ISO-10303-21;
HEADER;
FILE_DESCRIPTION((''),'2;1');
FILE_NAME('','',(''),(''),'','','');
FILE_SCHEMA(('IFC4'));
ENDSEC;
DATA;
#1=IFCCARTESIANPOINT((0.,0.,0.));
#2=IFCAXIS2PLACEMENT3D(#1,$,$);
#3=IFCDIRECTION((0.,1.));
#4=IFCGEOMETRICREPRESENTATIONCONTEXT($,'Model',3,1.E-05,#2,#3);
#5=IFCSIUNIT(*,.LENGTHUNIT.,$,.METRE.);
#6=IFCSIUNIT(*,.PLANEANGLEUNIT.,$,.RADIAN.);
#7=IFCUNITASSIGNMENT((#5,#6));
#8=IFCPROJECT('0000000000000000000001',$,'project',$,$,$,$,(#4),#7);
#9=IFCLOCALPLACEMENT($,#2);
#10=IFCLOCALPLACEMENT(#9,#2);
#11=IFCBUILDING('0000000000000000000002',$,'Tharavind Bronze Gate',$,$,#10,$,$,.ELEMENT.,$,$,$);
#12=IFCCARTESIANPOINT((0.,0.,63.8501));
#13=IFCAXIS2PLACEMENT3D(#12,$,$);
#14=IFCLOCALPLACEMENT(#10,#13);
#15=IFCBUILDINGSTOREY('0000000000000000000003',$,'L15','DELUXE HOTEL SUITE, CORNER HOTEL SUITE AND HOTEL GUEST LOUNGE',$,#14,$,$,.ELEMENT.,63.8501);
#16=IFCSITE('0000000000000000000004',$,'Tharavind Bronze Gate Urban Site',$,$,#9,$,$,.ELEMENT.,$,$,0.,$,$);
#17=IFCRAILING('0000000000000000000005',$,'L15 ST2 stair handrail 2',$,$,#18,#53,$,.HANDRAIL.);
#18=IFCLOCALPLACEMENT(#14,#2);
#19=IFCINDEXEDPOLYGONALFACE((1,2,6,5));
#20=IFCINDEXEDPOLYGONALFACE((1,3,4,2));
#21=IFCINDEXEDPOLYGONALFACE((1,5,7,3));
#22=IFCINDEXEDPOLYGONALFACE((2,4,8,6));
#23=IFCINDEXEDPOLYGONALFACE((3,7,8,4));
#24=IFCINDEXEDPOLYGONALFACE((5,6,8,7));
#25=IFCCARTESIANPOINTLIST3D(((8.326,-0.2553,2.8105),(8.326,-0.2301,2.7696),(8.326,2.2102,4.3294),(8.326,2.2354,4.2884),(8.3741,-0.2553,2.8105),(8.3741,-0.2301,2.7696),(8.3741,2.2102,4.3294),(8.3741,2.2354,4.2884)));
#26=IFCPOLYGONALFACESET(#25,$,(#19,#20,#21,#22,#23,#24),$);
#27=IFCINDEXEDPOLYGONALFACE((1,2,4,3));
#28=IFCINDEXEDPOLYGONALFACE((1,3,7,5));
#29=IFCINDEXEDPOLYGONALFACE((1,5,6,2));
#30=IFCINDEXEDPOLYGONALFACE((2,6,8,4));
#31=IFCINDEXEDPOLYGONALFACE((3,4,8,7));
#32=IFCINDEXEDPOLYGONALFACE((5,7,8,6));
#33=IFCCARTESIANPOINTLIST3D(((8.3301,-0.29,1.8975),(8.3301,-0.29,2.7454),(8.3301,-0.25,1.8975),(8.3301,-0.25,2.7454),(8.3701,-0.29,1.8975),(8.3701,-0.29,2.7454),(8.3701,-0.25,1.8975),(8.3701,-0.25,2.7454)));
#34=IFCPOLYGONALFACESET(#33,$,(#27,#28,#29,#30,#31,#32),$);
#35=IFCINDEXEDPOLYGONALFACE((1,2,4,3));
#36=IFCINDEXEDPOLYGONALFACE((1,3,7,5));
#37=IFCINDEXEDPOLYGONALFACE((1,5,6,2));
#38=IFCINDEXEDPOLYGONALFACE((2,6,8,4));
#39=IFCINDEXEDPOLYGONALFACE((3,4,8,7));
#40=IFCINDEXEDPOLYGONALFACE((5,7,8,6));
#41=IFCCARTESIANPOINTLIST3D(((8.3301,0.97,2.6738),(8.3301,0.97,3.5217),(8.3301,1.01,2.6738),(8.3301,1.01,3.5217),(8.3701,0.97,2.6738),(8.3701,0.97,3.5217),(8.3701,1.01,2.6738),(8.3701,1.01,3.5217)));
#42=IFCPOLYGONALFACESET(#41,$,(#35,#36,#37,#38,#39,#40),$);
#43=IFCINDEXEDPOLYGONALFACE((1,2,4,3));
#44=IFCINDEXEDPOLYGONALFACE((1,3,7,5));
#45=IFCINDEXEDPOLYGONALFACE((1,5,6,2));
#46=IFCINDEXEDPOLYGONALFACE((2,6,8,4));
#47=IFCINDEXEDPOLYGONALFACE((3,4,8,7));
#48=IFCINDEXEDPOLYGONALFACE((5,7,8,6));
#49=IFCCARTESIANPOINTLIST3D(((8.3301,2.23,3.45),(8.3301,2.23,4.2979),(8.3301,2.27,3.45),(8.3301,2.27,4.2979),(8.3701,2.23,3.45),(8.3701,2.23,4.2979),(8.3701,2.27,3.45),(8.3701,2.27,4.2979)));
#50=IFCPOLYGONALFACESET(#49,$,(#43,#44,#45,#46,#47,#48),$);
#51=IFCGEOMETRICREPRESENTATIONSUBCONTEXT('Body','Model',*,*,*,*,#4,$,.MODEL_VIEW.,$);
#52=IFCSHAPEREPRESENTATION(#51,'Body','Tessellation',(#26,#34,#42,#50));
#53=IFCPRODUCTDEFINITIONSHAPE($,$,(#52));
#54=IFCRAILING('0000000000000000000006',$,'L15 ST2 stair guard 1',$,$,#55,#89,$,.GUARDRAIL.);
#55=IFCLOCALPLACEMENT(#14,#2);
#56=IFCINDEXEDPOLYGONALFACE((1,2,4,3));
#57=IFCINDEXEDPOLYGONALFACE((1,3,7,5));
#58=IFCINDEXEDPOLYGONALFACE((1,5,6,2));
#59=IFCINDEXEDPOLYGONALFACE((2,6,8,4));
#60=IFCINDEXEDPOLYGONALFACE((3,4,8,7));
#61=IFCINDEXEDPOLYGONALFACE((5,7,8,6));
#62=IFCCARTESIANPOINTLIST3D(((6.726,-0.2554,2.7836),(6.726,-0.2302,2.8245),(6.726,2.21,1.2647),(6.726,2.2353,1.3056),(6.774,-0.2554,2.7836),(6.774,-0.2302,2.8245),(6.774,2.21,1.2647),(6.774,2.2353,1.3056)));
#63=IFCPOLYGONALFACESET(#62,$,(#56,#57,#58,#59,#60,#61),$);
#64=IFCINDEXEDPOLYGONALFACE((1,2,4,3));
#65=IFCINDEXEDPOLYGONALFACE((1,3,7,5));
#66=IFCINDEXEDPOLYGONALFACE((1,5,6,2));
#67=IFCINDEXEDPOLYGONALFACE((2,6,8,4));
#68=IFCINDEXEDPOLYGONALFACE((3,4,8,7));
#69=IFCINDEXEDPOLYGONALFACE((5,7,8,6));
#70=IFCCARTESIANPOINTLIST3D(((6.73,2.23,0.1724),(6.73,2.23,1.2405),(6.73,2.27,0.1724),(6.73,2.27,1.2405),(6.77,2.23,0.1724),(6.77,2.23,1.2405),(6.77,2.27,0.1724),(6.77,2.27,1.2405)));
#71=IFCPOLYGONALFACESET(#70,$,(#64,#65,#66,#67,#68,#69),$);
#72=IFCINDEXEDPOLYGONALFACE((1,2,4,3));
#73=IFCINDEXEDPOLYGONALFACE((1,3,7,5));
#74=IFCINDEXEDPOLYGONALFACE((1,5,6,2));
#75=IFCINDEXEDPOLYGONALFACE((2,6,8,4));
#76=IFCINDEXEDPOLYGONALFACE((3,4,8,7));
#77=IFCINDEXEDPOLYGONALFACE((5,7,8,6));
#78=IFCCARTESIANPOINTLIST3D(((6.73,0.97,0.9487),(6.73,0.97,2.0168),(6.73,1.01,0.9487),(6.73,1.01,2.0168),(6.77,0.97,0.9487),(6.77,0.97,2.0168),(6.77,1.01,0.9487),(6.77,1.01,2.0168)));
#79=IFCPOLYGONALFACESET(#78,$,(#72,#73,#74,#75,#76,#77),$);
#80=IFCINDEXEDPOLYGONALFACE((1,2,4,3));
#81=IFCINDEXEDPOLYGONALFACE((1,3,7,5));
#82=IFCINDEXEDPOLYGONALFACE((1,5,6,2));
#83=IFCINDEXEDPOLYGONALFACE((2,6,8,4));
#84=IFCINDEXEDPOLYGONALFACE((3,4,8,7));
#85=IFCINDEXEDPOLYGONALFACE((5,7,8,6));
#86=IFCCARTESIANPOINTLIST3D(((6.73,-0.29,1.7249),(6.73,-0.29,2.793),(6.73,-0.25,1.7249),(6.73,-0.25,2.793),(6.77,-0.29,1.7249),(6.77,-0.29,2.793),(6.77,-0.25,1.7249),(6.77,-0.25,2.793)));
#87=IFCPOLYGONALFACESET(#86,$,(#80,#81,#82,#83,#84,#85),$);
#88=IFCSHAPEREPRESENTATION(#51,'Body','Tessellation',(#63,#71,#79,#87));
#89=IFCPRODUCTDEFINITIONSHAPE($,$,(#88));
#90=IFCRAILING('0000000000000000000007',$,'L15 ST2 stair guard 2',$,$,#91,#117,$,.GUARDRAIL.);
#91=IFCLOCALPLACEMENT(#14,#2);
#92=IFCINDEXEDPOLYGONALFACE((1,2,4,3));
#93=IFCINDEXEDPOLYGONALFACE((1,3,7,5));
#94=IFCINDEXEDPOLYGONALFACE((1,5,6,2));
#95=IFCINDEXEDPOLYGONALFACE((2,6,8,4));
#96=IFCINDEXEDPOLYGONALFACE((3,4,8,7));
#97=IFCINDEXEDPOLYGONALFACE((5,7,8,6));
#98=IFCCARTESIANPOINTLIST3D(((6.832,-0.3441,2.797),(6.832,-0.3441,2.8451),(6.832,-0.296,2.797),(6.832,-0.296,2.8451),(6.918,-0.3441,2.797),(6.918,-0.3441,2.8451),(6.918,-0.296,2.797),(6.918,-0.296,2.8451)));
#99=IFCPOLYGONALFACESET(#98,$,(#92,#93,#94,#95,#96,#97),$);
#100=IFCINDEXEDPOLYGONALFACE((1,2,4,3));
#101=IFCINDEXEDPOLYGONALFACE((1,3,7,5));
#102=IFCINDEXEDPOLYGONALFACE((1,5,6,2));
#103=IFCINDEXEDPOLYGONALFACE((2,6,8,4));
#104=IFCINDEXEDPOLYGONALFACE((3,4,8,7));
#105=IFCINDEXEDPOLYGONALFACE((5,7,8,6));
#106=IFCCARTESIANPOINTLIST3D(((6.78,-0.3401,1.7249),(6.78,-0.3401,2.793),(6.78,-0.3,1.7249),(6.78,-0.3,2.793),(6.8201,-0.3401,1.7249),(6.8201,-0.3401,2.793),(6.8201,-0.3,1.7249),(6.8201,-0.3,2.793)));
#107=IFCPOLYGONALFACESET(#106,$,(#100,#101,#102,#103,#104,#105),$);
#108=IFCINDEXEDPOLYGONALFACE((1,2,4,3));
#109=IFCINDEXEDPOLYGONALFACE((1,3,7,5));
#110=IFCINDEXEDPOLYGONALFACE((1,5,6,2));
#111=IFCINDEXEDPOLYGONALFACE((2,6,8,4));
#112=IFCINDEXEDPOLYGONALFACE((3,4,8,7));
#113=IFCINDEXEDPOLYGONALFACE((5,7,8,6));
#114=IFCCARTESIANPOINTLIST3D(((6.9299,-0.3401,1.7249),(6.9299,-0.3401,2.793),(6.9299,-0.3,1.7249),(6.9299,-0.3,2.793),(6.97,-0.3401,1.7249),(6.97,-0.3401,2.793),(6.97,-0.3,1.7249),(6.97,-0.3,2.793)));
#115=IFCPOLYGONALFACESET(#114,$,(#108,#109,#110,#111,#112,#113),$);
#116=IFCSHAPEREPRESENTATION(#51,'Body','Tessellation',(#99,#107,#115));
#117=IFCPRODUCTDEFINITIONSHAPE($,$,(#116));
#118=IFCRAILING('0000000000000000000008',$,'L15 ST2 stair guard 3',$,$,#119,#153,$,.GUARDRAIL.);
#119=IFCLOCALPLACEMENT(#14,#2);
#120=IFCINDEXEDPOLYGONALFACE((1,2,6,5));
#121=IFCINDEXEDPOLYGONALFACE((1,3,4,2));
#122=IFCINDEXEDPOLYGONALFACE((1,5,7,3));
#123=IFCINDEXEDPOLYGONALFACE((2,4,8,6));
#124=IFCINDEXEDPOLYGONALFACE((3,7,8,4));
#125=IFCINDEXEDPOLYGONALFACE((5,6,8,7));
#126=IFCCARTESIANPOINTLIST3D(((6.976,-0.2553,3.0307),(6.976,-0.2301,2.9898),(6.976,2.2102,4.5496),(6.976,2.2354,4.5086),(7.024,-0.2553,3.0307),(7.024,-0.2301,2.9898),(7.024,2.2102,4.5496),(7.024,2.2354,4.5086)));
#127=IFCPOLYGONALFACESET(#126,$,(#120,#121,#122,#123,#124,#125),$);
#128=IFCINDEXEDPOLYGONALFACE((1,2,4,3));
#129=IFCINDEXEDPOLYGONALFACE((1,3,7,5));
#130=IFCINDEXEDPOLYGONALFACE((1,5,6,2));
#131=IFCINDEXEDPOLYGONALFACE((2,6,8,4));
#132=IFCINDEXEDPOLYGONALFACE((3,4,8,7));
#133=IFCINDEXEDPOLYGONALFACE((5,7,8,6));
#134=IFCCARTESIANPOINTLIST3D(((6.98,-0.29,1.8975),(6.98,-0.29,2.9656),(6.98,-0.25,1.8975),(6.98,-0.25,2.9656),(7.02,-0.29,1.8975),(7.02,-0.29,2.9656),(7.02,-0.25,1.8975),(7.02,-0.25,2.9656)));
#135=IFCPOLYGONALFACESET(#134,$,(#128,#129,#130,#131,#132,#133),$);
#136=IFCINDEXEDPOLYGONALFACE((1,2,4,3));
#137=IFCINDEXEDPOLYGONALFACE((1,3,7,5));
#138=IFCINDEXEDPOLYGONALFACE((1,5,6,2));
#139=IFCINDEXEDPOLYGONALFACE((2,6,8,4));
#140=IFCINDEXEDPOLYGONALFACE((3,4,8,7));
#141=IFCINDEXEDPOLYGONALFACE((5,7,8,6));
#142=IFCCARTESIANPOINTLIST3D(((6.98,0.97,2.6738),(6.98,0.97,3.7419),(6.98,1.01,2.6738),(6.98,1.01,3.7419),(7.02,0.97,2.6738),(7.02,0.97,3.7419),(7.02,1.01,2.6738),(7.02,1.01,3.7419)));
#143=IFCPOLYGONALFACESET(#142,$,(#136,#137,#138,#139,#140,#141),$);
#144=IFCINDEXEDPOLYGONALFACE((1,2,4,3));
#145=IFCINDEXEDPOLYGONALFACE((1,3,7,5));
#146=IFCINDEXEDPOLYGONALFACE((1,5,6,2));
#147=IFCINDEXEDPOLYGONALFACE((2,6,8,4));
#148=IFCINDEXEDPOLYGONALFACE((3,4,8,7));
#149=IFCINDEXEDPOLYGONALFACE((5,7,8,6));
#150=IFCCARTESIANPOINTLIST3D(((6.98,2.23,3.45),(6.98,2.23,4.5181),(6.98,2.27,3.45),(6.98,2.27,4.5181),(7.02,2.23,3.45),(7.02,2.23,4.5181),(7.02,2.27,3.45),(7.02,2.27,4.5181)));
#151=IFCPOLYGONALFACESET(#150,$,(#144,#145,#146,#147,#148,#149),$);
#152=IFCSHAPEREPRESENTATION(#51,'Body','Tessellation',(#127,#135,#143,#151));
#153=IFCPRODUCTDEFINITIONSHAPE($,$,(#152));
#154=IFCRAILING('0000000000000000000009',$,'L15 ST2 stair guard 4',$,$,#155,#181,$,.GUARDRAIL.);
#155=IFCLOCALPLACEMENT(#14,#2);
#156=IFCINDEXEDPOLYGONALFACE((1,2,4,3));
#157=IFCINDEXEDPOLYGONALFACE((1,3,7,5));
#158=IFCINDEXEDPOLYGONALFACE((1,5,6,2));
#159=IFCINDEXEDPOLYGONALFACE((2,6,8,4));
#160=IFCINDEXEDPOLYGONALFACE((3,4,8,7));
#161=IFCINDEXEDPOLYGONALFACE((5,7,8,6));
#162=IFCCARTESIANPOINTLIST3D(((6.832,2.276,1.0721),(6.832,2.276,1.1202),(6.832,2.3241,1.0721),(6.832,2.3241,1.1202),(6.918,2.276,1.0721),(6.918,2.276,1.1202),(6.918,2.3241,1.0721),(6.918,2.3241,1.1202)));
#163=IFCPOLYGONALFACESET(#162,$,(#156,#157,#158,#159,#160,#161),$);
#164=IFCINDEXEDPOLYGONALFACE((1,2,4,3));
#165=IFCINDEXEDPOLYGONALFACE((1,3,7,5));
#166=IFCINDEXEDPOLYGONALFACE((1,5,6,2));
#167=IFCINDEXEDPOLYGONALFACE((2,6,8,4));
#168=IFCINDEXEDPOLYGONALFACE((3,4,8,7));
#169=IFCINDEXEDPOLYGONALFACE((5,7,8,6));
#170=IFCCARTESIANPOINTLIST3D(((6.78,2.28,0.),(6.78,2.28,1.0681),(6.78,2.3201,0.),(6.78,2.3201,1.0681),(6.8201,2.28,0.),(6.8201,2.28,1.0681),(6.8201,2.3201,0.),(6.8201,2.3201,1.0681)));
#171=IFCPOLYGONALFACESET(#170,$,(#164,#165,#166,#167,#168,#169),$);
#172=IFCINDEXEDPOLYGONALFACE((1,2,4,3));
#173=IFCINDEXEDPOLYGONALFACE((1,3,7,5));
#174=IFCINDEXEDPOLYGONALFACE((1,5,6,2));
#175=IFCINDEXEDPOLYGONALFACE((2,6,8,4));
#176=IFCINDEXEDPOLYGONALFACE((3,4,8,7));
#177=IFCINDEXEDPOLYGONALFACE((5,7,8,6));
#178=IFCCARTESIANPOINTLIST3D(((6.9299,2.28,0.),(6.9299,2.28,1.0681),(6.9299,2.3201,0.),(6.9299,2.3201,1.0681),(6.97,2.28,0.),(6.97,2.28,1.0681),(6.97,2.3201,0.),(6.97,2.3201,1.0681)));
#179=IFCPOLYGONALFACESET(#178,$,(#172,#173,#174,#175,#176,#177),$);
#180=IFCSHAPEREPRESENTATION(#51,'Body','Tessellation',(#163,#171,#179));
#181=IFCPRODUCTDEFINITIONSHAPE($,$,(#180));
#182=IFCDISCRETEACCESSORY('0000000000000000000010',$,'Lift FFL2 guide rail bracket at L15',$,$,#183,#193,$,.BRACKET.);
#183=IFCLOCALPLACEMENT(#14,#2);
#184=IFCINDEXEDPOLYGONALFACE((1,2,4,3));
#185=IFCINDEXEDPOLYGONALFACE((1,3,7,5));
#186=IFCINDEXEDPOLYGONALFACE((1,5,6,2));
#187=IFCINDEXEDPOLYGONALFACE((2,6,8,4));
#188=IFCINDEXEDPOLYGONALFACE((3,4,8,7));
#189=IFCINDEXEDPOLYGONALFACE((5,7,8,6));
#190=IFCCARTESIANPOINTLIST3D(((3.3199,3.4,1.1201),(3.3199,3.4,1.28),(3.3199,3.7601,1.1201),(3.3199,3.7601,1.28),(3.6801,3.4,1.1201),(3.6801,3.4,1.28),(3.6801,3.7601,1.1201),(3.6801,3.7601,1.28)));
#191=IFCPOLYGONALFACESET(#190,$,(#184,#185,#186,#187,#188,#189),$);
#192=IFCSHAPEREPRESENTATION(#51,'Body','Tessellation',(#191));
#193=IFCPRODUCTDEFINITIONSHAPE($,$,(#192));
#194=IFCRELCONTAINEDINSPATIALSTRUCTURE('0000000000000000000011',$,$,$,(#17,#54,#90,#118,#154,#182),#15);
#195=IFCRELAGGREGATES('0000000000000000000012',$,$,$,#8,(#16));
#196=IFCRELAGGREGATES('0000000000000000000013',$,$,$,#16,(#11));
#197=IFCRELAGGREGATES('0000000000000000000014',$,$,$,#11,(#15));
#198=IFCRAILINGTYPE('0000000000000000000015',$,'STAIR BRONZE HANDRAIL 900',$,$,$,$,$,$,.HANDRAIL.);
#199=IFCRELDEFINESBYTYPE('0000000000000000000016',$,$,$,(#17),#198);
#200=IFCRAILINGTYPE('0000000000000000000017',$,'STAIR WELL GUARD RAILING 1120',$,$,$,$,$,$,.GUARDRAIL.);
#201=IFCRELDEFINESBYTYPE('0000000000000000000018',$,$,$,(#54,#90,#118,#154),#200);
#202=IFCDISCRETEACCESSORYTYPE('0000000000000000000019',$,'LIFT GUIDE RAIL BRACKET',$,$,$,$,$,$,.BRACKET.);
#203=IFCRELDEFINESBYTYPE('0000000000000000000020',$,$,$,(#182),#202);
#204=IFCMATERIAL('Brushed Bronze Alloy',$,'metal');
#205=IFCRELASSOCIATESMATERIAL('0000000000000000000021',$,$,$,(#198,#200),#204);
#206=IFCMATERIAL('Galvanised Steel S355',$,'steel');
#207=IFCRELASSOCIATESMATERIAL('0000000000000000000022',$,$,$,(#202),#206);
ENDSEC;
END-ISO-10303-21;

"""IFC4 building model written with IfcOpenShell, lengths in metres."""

from ifc_helpers import new_model, si_unit, direction, frame, origin, origin_2d, place, context, subcontext, project, spatial, rectangle, extrude, material, type_object, element, save


model = new_model("IFC4")

# Units and contexts
model_context = context("Model", 3, precision=1e-05, world=origin(), true_north=direction((0.0, 1.0)))
body_context = subcontext(model_context, "Body", "Model", "MODEL_VIEW")
ifc_project = project(units=[si_unit("LENGTHUNIT", "METRE"), si_unit("PLANEANGLEUNIT", "RADIAN")], contexts=[model_context])

# Site, building, storey
site_placement = place(None, origin())
site = spatial("IfcSite", under=ifc_project, at=site_placement, Name="Tharavind Bronze Gate Urban Site", CompositionType="ELEMENT", RefElevation=0.0)
building_placement = place(site_placement, origin())
building = spatial("IfcBuilding", under=site, at=building_placement, Name="Tharavind Bronze Gate", CompositionType="ELEMENT")
storey_placement = place(building_placement, frame((0.0, 0.0, 63.8501)))
storey = spatial("IfcBuildingStorey", under=building, at=storey_placement, Name="L15", Description="DELUXE HOTEL SUITE, CORNER HOTEL SUITE AND HOTEL GUEST LOUNGE", CompositionType="ELEMENT", Elevation=63.8501)

# Railings
ifc_material_1 = material(Name="Brushed Bronze Alloy", Category="metal")
railing_type_1 = type_object("IfcRailingType", Name="STAIR BRONZE HANDRAIL 900", PredefinedType="HANDRAIL", material=ifc_material_1)
railing_1_placement = place(storey_placement, frame((8.3501, -0.27, 1.8975)))
element("IfcRailing", 1, at=railing_1_placement, inside=storey, type_object=railing_type_1, Name="L15 ST2 stair handrail 2", PredefinedType="HANDRAIL", context=body_context, shape_type="SweptSolid", body=[
    extrude(rectangle(XDim=0.0481, YDim=0.0481, at=origin_2d()), frame((0.0, 0.0273, 0.8926), z_axis=(0.0, 0.8514, 0.524516), x_axis=(-1.0, 0.0, 0.0)), (0.0, 0.0, 1.0), 2.8958),
    extrude(rectangle(XDim=0.04, YDim=0.04, at=origin_2d()), origin(), (0.0, 0.0, 1.0), 0.8479),
    extrude(rectangle(XDim=0.04, YDim=0.04, at=origin_2d()), frame((0.0, 1.26, 0.7764)), (0.0, 0.0, 1.0), 0.8479),
    extrude(rectangle(XDim=0.04, YDim=0.04, at=origin_2d()), frame((0.0, 2.52, 1.5525)), (0.0, 0.0, 1.0), 0.8479),
])
railing_type_2 = type_object("IfcRailingType", Name="STAIR WELL GUARD RAILING 1120", PredefinedType="GUARDRAIL", material=ifc_material_1)
railing_2_placement = place(storey_placement, frame((6.75, 2.25, 0.1724)))
element("IfcRailing", 2, at=railing_2_placement, inside=storey, type_object=railing_type_2, Name="L15 ST2 stair guard 1", PredefinedType="GUARDRAIL", context=body_context, shape_type="SweptSolid", body=[
    extrude(rectangle(XDim=0.0481, YDim=0.0481, at=origin_2d()), frame((0.0, -0.0273, 1.1128), z_axis=(0.0, -0.8514, 0.524516), x_axis=(1.0, 0.0, 0.0)), (0.0, 0.0, 1.0), 2.8958),
    extrude(rectangle(XDim=0.04, YDim=0.04, at=origin_2d()), origin(), (0.0, 0.0, 1.0), 1.0681),
    extrude(rectangle(XDim=0.04, YDim=0.04, at=origin_2d()), frame((0.0, -1.26, 0.7764)), (0.0, 0.0, 1.0), 1.0681),
    extrude(rectangle(XDim=0.04, YDim=0.04, at=origin_2d()), frame((0.0, -2.52, 1.5525)), (0.0, 0.0, 1.0), 1.0681),
])
railing_3_placement = place(storey_placement, frame((6.8, -0.3201, 1.7249)))
element("IfcRailing", 3, at=railing_3_placement, inside=storey, type_object=railing_type_2, Name="L15 ST2 stair guard 2", PredefinedType="GUARDRAIL", context=body_context, shape_type="SweptSolid", body=[
    extrude(rectangle(XDim=0.0481, YDim=0.0481, at=origin_2d()), frame((0.032, 0.0, 1.0962), z_axis=(1.0, 0.0, 0.0), x_axis=(0.0, 1.0, 0.0)), (0.0, 0.0, 1.0), 0.0859),
    extrude(rectangle(XDim=0.04, YDim=0.04, at=origin_2d()), origin(), (0.0, 0.0, 1.0), 1.0681),
    extrude(rectangle(XDim=0.04, YDim=0.04, at=origin_2d()), frame((0.1499, 0.0, 0.0)), (0.0, 0.0, 1.0), 1.0681),
])
railing_4_placement = place(storey_placement, frame((7.0, -0.27, 1.8975)))
element("IfcRailing", 4, at=railing_4_placement, inside=storey, type_object=railing_type_2, Name="L15 ST2 stair guard 3", PredefinedType="GUARDRAIL", context=body_context, shape_type="SweptSolid", body=[
    extrude(rectangle(XDim=0.0481, YDim=0.0481, at=origin_2d()), frame((0.0, 0.0273, 1.1128), z_axis=(0.0, 0.8514, 0.524516), x_axis=(-1.0, 0.0, 0.0)), (0.0, 0.0, 1.0), 2.8958),
    extrude(rectangle(XDim=0.04, YDim=0.04, at=origin_2d()), origin(), (0.0, 0.0, 1.0), 1.0681),
    extrude(rectangle(XDim=0.04, YDim=0.04, at=origin_2d()), frame((0.0, 1.26, 0.7764)), (0.0, 0.0, 1.0), 1.0681),
    extrude(rectangle(XDim=0.04, YDim=0.04, at=origin_2d()), frame((0.0, 2.52, 1.5525)), (0.0, 0.0, 1.0), 1.0681),
])
railing_5_placement = place(storey_placement, frame((6.8, 2.3, 0.0)))
element("IfcRailing", 5, at=railing_5_placement, inside=storey, type_object=railing_type_2, Name="L15 ST2 stair guard 4", PredefinedType="GUARDRAIL", context=body_context, shape_type="SweptSolid", body=[
    extrude(rectangle(XDim=0.0481, YDim=0.0481, at=origin_2d()), frame((0.032, 0.0, 1.0962), z_axis=(1.0, 0.0, 0.0), x_axis=(0.0, 1.0, 0.0)), (0.0, 0.0, 1.0), 0.0859),
    extrude(rectangle(XDim=0.04, YDim=0.04, at=origin_2d()), origin(), (0.0, 0.0, 1.0), 1.0681),
    extrude(rectangle(XDim=0.04, YDim=0.04, at=origin_2d()), frame((0.1499, 0.0, 0.0)), (0.0, 0.0, 1.0), 1.0681),
])

# Discrete accessory
ifc_material_2 = material(Name="Galvanised Steel S355", Category="steel")
discrete_accessory_type = type_object("IfcDiscreteAccessoryType", Name="LIFT GUIDE RAIL BRACKET", PredefinedType="BRACKET", material=ifc_material_2)
discrete_accessory_placement = place(storey_placement, frame((3.5, 3.5801, 1.1201), z_axis=(0.0, 0.0, 1.0), x_axis=(1.0, 0.0, 0.0)))
element("IfcDiscreteAccessory", 6, at=discrete_accessory_placement, inside=storey, type_object=discrete_accessory_type, Name="Lift FFL2 guide rail bracket at L15", PredefinedType="BRACKET", context=body_context, shape_type="SweptSolid", body=[
    extrude(rectangle(XDim=0.3601, YDim=0.3601, at=origin_2d()), origin(), (0.0, 0.0, 1.0), 0.1599),
])

save(model, "model.ifc")
